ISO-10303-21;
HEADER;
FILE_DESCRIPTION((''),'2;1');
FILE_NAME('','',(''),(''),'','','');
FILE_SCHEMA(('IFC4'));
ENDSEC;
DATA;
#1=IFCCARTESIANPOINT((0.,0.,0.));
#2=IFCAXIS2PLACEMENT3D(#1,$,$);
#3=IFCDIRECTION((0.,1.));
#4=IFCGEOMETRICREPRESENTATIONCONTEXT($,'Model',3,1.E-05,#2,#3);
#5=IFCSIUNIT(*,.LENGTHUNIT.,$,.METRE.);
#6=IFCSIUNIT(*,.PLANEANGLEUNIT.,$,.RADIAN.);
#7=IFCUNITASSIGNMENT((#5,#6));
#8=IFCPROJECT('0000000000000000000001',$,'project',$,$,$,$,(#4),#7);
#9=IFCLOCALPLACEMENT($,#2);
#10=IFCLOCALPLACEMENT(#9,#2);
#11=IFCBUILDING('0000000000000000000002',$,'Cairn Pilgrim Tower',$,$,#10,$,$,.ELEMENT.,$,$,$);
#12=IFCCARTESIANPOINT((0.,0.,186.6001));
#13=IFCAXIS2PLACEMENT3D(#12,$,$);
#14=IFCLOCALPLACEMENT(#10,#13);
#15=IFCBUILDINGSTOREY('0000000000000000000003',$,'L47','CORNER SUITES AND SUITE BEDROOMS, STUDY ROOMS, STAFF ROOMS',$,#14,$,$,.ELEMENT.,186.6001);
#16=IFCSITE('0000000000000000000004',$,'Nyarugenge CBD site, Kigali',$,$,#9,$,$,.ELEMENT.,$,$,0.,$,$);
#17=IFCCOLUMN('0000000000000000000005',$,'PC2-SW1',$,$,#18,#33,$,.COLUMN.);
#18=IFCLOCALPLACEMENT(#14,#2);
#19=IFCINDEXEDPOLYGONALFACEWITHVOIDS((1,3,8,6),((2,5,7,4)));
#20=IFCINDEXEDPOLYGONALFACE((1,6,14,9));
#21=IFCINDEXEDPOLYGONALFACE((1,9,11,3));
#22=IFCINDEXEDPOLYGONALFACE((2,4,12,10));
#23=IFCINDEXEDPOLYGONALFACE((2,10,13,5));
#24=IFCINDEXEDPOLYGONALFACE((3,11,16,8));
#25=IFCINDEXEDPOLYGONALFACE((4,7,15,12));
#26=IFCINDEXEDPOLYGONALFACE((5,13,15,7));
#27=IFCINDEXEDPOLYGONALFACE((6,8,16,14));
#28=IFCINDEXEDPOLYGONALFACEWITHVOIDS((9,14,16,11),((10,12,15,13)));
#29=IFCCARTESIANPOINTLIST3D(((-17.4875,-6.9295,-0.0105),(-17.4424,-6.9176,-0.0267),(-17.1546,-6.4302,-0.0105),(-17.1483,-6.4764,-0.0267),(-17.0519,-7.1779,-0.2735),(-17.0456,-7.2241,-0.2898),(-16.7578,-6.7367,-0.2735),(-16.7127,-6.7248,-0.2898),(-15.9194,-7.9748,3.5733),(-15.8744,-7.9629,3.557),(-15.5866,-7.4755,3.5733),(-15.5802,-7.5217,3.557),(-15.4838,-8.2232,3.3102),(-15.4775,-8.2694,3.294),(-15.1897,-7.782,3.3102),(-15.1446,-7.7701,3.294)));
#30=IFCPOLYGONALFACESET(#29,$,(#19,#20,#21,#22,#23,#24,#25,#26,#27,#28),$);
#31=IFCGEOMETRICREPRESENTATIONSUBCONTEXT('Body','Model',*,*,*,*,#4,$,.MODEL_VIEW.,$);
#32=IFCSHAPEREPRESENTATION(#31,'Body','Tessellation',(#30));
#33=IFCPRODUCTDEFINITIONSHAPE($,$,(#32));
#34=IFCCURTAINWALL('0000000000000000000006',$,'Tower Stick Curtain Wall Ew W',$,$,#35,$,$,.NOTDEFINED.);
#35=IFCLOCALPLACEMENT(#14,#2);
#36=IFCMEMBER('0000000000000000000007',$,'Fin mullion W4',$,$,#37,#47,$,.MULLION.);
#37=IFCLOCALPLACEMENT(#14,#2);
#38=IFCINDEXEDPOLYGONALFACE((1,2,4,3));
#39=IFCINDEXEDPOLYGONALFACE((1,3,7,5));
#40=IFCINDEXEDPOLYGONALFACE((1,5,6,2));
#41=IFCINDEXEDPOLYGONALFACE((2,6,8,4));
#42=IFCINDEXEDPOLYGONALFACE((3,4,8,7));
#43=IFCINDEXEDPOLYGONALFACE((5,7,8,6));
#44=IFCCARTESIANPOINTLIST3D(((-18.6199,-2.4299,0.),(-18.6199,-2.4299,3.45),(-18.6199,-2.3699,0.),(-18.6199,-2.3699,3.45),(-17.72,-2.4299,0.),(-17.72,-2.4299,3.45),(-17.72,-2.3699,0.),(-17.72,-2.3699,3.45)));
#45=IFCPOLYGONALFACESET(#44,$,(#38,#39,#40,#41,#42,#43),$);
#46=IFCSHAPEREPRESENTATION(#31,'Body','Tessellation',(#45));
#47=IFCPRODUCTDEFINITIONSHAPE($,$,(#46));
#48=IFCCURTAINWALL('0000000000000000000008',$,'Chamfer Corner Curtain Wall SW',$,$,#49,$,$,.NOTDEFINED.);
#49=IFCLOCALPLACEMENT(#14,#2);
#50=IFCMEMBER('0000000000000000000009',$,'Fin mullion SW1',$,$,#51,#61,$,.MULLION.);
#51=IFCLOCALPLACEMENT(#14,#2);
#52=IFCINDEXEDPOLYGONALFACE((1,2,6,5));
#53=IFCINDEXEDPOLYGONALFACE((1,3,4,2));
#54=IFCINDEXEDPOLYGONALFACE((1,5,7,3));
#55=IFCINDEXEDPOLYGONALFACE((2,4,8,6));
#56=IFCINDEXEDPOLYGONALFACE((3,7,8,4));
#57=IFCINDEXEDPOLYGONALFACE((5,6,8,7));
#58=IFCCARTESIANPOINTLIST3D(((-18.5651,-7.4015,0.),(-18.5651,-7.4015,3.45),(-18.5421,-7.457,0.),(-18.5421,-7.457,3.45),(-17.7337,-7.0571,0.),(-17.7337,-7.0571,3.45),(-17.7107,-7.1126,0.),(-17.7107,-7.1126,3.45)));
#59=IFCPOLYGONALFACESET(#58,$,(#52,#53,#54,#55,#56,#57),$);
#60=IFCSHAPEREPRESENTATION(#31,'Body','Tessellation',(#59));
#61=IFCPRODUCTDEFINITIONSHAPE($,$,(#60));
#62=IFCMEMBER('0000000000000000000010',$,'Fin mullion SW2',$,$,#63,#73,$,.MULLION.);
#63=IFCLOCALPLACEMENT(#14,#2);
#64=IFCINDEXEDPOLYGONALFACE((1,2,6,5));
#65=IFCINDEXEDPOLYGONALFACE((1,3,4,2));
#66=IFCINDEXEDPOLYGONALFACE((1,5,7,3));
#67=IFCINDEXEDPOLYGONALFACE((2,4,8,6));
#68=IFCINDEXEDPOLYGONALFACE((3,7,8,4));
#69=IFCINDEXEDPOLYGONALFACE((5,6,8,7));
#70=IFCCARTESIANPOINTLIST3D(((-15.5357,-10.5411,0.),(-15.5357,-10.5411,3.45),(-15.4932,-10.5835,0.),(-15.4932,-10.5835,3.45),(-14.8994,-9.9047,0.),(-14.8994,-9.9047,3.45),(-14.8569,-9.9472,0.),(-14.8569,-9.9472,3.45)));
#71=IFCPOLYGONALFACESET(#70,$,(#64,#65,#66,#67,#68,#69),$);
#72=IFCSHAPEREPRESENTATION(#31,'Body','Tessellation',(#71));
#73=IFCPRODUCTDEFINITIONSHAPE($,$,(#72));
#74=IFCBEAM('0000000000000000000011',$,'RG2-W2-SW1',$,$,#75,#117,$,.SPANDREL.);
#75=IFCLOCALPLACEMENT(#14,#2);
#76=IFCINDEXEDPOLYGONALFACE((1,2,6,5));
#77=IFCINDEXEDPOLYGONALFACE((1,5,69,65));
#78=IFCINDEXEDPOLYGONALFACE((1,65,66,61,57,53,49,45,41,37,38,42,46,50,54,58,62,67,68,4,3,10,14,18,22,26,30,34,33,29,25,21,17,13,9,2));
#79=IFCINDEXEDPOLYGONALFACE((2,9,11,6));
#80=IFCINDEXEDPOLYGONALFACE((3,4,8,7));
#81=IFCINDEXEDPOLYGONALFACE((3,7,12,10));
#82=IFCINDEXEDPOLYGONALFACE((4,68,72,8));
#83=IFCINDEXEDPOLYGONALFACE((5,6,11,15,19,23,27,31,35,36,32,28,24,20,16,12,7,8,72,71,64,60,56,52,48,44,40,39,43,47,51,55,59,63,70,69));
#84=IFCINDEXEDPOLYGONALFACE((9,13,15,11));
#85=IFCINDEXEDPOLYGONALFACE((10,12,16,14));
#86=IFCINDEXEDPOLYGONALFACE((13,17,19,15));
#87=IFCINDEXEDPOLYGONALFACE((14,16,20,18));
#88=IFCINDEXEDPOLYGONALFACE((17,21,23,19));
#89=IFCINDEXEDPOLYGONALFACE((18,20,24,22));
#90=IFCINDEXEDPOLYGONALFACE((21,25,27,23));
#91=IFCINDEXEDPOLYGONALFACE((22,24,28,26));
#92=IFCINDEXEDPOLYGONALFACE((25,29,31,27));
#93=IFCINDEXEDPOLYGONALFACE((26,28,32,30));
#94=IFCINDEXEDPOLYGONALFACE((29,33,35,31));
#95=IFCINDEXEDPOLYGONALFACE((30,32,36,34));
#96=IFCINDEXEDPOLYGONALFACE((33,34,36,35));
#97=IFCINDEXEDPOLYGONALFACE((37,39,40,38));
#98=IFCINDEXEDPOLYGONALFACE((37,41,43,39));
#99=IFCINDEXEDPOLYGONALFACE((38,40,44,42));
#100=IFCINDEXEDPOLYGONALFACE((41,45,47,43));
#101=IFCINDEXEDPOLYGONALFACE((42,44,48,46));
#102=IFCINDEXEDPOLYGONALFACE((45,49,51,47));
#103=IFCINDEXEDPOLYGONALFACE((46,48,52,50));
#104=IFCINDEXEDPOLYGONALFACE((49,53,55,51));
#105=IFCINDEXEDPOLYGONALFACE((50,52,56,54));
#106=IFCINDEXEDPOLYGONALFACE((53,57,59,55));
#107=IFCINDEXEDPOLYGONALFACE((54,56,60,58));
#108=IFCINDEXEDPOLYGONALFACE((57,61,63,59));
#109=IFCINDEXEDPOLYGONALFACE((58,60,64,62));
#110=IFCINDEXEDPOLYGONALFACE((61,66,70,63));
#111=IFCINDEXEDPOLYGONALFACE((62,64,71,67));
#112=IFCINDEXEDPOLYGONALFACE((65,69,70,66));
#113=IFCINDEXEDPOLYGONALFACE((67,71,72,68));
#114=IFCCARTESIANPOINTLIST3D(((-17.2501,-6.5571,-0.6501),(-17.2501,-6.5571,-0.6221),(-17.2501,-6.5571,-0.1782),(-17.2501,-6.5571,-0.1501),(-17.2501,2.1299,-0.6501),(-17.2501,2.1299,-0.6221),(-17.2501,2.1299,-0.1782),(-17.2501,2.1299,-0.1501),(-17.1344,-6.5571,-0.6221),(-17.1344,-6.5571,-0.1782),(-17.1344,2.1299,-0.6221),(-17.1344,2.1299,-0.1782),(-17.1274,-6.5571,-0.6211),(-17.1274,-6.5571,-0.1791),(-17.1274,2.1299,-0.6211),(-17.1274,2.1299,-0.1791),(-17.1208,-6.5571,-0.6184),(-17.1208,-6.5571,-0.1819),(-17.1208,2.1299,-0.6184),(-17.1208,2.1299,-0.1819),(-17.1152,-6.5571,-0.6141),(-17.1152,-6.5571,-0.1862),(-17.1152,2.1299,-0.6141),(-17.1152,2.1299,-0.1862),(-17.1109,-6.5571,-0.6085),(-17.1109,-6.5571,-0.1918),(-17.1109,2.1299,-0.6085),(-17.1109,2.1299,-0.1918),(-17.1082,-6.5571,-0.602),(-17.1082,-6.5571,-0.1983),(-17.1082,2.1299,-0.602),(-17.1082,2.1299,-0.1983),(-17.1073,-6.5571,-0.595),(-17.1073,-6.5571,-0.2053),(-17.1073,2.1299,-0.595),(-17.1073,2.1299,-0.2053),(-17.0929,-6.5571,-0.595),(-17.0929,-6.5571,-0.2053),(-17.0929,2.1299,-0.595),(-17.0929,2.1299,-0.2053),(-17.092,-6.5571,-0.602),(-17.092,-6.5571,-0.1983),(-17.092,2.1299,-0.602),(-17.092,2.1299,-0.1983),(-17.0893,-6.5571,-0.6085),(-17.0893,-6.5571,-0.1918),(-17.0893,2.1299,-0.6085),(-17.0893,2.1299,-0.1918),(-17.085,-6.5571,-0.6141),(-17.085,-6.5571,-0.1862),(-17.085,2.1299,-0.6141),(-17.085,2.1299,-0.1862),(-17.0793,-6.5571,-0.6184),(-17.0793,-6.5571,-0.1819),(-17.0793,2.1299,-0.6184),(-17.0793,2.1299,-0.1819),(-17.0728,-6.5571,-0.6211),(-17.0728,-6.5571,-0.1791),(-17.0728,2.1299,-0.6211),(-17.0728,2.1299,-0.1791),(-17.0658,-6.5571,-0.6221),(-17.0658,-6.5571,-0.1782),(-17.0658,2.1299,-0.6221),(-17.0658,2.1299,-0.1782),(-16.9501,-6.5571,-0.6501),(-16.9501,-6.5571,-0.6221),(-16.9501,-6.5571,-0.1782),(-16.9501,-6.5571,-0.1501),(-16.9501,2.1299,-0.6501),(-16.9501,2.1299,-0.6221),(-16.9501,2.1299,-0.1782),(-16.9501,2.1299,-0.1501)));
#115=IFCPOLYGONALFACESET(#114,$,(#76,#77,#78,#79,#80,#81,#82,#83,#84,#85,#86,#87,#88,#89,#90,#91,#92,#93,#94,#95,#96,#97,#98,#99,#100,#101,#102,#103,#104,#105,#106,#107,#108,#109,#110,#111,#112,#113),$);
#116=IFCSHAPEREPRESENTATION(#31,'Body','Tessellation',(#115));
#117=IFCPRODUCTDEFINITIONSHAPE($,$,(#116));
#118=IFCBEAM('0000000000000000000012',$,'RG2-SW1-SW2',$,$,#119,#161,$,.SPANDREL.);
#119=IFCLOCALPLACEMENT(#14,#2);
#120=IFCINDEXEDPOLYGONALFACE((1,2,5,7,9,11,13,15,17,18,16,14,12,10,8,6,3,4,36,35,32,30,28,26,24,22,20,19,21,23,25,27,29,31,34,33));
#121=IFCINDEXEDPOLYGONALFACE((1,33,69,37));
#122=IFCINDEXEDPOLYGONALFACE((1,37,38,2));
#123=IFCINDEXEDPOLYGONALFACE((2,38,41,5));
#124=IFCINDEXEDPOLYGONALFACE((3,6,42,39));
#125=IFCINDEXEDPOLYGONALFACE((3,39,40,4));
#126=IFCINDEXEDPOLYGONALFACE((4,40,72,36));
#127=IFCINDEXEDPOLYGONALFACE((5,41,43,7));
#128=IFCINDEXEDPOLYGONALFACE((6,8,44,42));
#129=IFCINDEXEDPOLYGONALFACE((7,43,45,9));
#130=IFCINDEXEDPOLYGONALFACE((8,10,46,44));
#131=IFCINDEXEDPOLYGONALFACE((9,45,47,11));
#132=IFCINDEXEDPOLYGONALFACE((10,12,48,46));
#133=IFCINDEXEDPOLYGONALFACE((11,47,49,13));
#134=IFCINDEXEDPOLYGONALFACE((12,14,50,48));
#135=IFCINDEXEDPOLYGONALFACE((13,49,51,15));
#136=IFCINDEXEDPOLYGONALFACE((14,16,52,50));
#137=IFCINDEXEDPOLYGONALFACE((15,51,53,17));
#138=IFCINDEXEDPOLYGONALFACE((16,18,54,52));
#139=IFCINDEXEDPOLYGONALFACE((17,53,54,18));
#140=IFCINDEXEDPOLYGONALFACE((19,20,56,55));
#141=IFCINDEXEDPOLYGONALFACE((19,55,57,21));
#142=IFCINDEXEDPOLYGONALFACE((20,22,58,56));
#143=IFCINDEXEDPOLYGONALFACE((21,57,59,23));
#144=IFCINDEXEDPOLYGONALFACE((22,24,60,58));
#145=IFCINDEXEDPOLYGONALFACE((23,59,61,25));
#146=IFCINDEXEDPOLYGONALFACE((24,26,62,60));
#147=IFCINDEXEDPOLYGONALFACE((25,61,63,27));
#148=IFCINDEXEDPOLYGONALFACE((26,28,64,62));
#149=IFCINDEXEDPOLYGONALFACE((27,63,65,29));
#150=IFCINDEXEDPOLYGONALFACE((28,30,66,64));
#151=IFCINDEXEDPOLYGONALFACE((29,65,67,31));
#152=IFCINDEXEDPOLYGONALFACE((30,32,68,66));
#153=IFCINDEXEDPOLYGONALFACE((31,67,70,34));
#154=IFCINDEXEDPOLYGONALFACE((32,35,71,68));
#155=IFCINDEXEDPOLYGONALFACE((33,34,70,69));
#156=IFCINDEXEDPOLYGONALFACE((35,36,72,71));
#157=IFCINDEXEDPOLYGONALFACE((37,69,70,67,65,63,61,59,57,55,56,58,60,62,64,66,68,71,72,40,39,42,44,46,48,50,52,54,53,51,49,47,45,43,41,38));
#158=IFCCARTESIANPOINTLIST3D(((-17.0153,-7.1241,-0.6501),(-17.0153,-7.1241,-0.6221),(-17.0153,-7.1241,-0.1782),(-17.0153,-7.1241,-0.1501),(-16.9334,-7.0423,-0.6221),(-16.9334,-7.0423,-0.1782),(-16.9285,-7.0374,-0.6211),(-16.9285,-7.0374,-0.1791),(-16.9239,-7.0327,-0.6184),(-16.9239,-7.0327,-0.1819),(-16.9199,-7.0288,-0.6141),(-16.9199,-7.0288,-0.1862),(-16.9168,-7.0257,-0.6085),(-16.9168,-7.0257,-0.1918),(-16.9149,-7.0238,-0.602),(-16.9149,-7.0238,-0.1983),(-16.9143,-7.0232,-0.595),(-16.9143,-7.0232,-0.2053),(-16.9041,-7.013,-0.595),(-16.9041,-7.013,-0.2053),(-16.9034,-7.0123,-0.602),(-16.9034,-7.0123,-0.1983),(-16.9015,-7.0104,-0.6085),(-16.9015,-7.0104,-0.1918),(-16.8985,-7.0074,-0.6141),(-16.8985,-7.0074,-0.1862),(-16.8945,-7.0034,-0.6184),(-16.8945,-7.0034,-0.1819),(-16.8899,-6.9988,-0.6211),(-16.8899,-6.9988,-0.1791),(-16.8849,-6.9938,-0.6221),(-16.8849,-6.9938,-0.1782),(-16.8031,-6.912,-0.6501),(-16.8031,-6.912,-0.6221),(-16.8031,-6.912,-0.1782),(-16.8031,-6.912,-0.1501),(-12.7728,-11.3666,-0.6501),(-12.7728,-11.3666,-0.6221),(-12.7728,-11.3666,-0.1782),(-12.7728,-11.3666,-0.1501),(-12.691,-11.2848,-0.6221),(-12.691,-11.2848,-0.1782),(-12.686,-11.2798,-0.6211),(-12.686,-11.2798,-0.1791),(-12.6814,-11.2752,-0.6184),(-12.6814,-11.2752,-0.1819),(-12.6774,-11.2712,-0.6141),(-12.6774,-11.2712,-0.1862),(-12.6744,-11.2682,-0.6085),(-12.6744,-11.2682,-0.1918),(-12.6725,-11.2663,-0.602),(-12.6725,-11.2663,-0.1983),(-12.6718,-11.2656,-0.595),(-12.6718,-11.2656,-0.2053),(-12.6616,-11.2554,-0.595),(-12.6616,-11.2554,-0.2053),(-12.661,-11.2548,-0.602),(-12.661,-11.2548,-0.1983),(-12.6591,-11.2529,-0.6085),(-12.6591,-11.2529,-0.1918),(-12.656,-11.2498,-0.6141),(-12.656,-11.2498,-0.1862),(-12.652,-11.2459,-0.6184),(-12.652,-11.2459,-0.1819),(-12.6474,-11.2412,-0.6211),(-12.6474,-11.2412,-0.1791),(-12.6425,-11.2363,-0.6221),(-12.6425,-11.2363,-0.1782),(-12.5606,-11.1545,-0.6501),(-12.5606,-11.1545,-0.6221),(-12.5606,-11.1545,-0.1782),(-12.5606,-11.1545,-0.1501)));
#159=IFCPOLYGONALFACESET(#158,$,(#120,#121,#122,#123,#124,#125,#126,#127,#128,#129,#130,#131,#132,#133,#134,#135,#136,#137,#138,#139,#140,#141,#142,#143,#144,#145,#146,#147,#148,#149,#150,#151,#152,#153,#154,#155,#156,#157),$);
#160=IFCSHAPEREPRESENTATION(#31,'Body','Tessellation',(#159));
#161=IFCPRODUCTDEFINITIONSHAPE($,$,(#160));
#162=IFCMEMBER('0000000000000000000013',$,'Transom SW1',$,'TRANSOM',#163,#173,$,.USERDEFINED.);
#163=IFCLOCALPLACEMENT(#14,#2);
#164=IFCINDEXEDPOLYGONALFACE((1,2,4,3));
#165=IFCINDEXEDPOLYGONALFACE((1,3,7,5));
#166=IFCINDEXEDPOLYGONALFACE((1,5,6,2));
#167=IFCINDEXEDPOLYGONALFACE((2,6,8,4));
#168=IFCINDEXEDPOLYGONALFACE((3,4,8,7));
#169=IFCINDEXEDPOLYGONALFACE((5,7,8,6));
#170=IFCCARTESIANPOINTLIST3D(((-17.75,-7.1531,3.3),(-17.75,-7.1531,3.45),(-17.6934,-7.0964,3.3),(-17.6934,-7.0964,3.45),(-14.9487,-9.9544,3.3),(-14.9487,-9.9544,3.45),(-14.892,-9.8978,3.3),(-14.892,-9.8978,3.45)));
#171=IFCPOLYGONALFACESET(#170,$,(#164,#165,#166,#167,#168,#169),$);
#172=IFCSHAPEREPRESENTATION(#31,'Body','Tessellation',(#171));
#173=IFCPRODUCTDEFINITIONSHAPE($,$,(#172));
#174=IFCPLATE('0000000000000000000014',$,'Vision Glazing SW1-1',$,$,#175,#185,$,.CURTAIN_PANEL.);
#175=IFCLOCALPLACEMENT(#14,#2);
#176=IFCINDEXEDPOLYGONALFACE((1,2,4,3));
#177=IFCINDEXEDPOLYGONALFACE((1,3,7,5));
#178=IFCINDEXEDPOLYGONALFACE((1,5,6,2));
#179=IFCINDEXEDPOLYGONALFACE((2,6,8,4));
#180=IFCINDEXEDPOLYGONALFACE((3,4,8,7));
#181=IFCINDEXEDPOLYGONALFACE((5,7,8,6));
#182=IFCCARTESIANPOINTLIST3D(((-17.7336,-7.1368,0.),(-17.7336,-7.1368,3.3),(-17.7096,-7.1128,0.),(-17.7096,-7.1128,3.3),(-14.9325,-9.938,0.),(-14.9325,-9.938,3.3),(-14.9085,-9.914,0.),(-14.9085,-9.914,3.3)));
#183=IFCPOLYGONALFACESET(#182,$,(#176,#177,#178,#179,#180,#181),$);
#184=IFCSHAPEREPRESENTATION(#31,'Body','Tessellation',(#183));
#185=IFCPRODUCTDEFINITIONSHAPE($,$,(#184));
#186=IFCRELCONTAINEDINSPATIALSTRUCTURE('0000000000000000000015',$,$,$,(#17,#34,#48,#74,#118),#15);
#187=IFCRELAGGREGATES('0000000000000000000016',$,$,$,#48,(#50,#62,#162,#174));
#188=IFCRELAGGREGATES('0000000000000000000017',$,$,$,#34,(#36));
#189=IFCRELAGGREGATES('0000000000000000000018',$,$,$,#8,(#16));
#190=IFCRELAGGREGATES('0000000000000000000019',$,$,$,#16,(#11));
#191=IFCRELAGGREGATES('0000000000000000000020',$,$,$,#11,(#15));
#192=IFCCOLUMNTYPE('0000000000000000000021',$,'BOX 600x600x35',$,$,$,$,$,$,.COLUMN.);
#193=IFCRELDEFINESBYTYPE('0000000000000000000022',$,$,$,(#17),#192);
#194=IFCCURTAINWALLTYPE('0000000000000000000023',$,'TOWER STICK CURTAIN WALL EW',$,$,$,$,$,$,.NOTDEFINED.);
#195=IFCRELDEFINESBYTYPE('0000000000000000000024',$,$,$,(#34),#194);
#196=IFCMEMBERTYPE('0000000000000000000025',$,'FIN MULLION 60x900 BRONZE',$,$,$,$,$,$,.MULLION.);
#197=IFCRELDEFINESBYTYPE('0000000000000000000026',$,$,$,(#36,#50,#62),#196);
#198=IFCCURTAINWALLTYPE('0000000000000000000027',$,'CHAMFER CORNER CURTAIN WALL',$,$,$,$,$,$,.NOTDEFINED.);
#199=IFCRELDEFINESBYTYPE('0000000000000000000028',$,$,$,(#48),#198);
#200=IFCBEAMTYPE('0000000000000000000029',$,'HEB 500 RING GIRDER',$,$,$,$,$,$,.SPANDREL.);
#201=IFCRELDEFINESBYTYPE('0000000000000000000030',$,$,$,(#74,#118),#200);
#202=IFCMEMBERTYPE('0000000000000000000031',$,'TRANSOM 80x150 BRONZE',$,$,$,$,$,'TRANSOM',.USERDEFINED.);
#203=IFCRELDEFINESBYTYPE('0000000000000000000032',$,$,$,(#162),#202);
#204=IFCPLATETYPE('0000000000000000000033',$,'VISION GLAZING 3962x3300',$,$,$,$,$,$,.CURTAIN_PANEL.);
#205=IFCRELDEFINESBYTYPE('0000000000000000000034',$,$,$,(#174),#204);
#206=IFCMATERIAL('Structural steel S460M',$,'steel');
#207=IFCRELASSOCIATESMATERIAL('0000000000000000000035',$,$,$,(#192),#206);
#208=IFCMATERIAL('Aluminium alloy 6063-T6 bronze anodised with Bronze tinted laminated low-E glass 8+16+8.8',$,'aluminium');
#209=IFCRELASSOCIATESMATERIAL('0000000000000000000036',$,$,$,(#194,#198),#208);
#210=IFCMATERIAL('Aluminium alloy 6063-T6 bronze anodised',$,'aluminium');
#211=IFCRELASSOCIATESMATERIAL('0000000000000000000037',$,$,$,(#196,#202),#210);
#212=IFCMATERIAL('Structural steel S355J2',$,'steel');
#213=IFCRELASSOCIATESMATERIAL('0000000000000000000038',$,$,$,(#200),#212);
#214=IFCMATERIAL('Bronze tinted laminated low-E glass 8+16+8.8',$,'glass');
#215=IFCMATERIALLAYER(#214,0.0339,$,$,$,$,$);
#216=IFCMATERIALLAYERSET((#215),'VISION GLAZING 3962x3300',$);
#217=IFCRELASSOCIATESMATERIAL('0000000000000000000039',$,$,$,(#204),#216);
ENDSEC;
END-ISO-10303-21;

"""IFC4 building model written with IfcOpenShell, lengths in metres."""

from ifc_helpers import new_model, si_unit, direction, frame, origin, origin_2d, place, context, subcontext, project, spatial, rectangle, hollow_rectangle, i_section, extrude, clip, halfspace, material, layer, layer_set, material_profile, profile_set, type_object, element, aggregate, save


model = new_model("IFC4")

# Units and contexts
model_context = context("Model", 3, precision=1e-05, world=origin(), true_north=direction((0.0, 1.0)))
body_context = subcontext(model_context, "Body", "Model", "MODEL_VIEW")
ifc_project = project(units=[si_unit("LENGTHUNIT", "METRE"), si_unit("PLANEANGLEUNIT", "RADIAN")], contexts=[model_context])

# Site, building, storey
site_placement = place(None, origin())
site = spatial("IfcSite", under=ifc_project, at=site_placement, Name="Nyarugenge CBD site, Kigali", CompositionType="ELEMENT", RefElevation=0.0)
building_placement = place(site_placement, origin())
building = spatial("IfcBuilding", under=site, at=building_placement, Name="Cairn Pilgrim Tower", CompositionType="ELEMENT")
storey_placement = place(building_placement, frame((0.0, 0.0, 186.6001)))
storey = spatial("IfcBuildingStorey", under=building, at=storey_placement, Name="L47", Description="CORNER SUITES AND SUITE BEDROOMS, STUDY ROOMS, STAFF ROOMS", CompositionType="ELEMENT", Elevation=186.6001)

# Column
ifc_material_1 = material(Name="Structural steel S460M", Category="steel")
ifc_material_profile_1 = material_profile(ifc_material_1, hollow_rectangle(XDim=0.6001, YDim=0.6001, WallThickness=0.0349, at=origin_2d()), Name="BOX 600x600x35")
ifc_profile_set_1 = profile_set([ifc_material_profile_1], Name="Structural steel S460M")
column_type = type_object("IfcColumnType", Name="BOX 600x600x35", PredefinedType="COLUMN", material=ifc_profile_set_1)
column_placement = place(storey_placement, frame((-17.1001, -6.8271, -0.1501), z_axis=(0.387264, -0.258156, 0.885089), x_axis=(0.55467, 0.83207, 0.0)))
element("IfcColumn", 1, at=column_placement, inside=storey, type_object=column_type, Name="PC2-SW1", PredefinedType="COLUMN", context=body_context, shape_type="Clipping", body=[
    clip(extrude(hollow_rectangle(XDim=0.6001, YDim=0.6001, WallThickness=0.0349, at=origin_2d()), origin(), (0.0, 0.0, 1.0), 4.0674), halfspace(frame((0.0, 0.0, 4.0491), z_axis=(0.0, 0.0, 1.0), x_axis=(1.0, 0.0, 0.0)), False)),
])

# Curtain wall, member
ifc_material_2 = material(Name="Aluminium alloy 6063-T6 bronze anodised with Bronze tinted laminated low-E glass 8+16+8.8", Category="aluminium")
curtain_wall_type_1 = type_object("IfcCurtainWallType", Name="TOWER STICK CURTAIN WALL EW", PredefinedType="NOTDEFINED", material=ifc_material_2)
curtain_wall_1_placement = place(storey_placement, origin())
curtain_wall_1 = element("IfcCurtainWall", 2, at=curtain_wall_1_placement, inside=storey, type_object=curtain_wall_type_1, Name="Tower Stick Curtain Wall Ew W", PredefinedType="NOTDEFINED")
ifc_material_3 = material(Name="Aluminium alloy 6063-T6 bronze anodised", Category="aluminium")
ifc_material_profile_2 = material_profile(ifc_material_3, rectangle(XDim=0.8999, YDim=0.0601, at=origin_2d()), Name="FIN MULLION 60x900 BRONZE")
ifc_profile_set_2 = profile_set([ifc_material_profile_2], Name="Aluminium alloy 6063-T6 bronze anodised")
member_type_1 = type_object("IfcMemberType", Name="FIN MULLION 60x900 BRONZE", PredefinedType="MULLION", material=ifc_profile_set_2)
member_1_placement = place(storey_placement, frame((-18.1699, -2.3999, 0.0), z_axis=(0.0, 0.0, 1.0), x_axis=(-1.0, 0.0, 0.0)))
member_1 = element("IfcMember", 3, at=member_1_placement, type_object=member_type_1, Name="Fin mullion W4", PredefinedType="MULLION", context=body_context, shape_type="SweptSolid", body=[
    extrude(rectangle(XDim=0.8999, YDim=0.0601, at=origin_2d()), origin(), (0.0, 0.0, 1.0), 3.45),
])

# Curtain wall, members
curtain_wall_type_2 = type_object("IfcCurtainWallType", Name="CHAMFER CORNER CURTAIN WALL", PredefinedType="NOTDEFINED", material=ifc_material_2)
curtain_wall_2_placement = place(storey_placement, origin())
curtain_wall_2 = element("IfcCurtainWall", 4, at=curtain_wall_2_placement, inside=storey, type_object=curtain_wall_type_2, Name="Chamfer Corner Curtain Wall SW", PredefinedType="NOTDEFINED")
member_2_placement = place(storey_placement, frame((-18.1379, -7.2571, 0.0), z_axis=(0.0, 0.0, 1.0), x_axis=(-0.92388, -0.382683, 0.0)))
member_2 = element("IfcMember", 5, at=member_2_placement, type_object=member_type_1, Name="Fin mullion SW1", PredefinedType="MULLION", context=body_context, shape_type="SweptSolid", body=[
    extrude(rectangle(XDim=0.8999, YDim=0.0601, at=origin_2d()), origin(), (0.0, 0.0, 1.0), 3.45),
])
member_3_placement = place(storey_placement, frame((-15.1963, -10.2441, 0.0), z_axis=(0.0, 0.0, 1.0), x_axis=(-0.707107, -0.707107, 0.0)))
member_3 = element("IfcMember", 6, at=member_3_placement, type_object=member_type_1, Name="Fin mullion SW2", PredefinedType="MULLION", context=body_context, shape_type="SweptSolid", body=[
    extrude(rectangle(XDim=0.8999, YDim=0.0601, at=origin_2d()), origin(), (0.0, 0.0, 1.0), 3.45),
])

# Beams
ifc_material_4 = material(Name="Structural steel S355J2", Category="steel")
ifc_material_profile_3 = material_profile(ifc_material_4, i_section(OverallWidth=0.3, OverallDepth=0.5, WebThickness=0.0144, FlangeThickness=0.0281, FilletRadius=0.0271, at=origin_2d()), Name="HEB 500")
ifc_profile_set_3 = profile_set([ifc_material_profile_3], Name="Structural steel S355J2")
beam_type = type_object("IfcBeamType", Name="HEB 500 RING GIRDER", PredefinedType="SPANDREL", material=ifc_profile_set_3)
beam_1_placement = place(storey_placement, frame((-17.1001, 2.1299, -0.4001), z_axis=(0.0, -1.0, 0.0), x_axis=(1.0, 0.0, 0.0)))
element("IfcBeam", 7, at=beam_1_placement, inside=storey, type_object=beam_type, Name="RG2-W2-SW1", PredefinedType="SPANDREL", context=body_context, shape_type="SweptSolid", body=[
    extrude(i_section(OverallWidth=0.3, OverallDepth=0.5, WebThickness=0.0144, FlangeThickness=0.0281, FilletRadius=0.0271, at=origin_2d()), origin(), (0.0, 0.0, 1.0), 8.687),
])
beam_2_placement = place(storey_placement, frame((-16.9092, -7.0181, -0.4001), z_axis=(0.707107, -0.707107, 0.0), x_axis=(0.707107, 0.707107, 0.0)))
element("IfcBeam", 8, at=beam_2_placement, inside=storey, type_object=beam_type, Name="RG2-SW1-SW2", PredefinedType="SPANDREL", context=body_context, shape_type="SweptSolid", body=[
    extrude(i_section(OverallWidth=0.3, OverallDepth=0.5, WebThickness=0.0144, FlangeThickness=0.0281, FilletRadius=0.0271, at=origin_2d()), origin(), (0.0, 0.0, 1.0), 5.9998),
])

# Member
ifc_material_profile_4 = material_profile(ifc_material_3, rectangle(XDim=0.0801, YDim=0.1499, at=origin_2d()), Name="TRANSOM 80x150 BRONZE")
ifc_profile_set_4 = profile_set([ifc_material_profile_4], Name="Aluminium alloy 6063-T6 bronze anodised")
member_type_2 = type_object("IfcMemberType", Name="TRANSOM 80x150 BRONZE", ElementType="TRANSOM", PredefinedType="USERDEFINED", material=ifc_profile_set_4)
member_4_placement = place(storey_placement, frame((-17.7217, -7.1248, 3.375), z_axis=(0.707107, -0.707107, 0.0), x_axis=(0.707107, 0.707107, 0.0)))
member_4 = element("IfcMember", 9, at=member_4_placement, type_object=member_type_2, Name="Transom SW1", ObjectType="TRANSOM", PredefinedType="USERDEFINED", context=body_context, shape_type="SweptSolid", body=[
    extrude(rectangle(XDim=0.0801, YDim=0.1499, at=origin_2d()), origin(), (0.0, 0.0, 1.0), 3.9617),
])

# Plate
ifc_material_5 = material(Name="Bronze tinted laminated low-E glass 8+16+8.8", Category="glass")
ifc_layer_1 = layer(ifc_material_5, 0.0339)
ifc_layer_set_1 = layer_set([ifc_layer_1], Name="VISION GLAZING 3962x3300")
plate_type_1 = type_object("IfcPlateType", Name="VISION GLAZING 3962x3300", PredefinedType="CURTAIN_PANEL", material=ifc_layer_set_1)
plate_1_placement = place(storey_placement, frame((-16.321, -8.5254, 0.0), z_axis=(0.0, 0.0, 1.0), x_axis=(0.707107, -0.707107, 0.0)))
plate_1 = element("IfcPlate", 10, at=plate_1_placement, type_object=plate_type_1, Name="Vision Glazing SW1-1", PredefinedType="CURTAIN_PANEL", context=body_context, shape_type="SweptSolid", body=[
    extrude(rectangle(XDim=3.9614, YDim=0.0339, at=origin_2d()), origin(), (0.0, 0.0, 1.0), 3.3),
])
aggregate(curtain_wall_2, [member_2, member_3, member_4, plate_1])
aggregate(curtain_wall_1, [member_1])

save(model, "model.ifc")
